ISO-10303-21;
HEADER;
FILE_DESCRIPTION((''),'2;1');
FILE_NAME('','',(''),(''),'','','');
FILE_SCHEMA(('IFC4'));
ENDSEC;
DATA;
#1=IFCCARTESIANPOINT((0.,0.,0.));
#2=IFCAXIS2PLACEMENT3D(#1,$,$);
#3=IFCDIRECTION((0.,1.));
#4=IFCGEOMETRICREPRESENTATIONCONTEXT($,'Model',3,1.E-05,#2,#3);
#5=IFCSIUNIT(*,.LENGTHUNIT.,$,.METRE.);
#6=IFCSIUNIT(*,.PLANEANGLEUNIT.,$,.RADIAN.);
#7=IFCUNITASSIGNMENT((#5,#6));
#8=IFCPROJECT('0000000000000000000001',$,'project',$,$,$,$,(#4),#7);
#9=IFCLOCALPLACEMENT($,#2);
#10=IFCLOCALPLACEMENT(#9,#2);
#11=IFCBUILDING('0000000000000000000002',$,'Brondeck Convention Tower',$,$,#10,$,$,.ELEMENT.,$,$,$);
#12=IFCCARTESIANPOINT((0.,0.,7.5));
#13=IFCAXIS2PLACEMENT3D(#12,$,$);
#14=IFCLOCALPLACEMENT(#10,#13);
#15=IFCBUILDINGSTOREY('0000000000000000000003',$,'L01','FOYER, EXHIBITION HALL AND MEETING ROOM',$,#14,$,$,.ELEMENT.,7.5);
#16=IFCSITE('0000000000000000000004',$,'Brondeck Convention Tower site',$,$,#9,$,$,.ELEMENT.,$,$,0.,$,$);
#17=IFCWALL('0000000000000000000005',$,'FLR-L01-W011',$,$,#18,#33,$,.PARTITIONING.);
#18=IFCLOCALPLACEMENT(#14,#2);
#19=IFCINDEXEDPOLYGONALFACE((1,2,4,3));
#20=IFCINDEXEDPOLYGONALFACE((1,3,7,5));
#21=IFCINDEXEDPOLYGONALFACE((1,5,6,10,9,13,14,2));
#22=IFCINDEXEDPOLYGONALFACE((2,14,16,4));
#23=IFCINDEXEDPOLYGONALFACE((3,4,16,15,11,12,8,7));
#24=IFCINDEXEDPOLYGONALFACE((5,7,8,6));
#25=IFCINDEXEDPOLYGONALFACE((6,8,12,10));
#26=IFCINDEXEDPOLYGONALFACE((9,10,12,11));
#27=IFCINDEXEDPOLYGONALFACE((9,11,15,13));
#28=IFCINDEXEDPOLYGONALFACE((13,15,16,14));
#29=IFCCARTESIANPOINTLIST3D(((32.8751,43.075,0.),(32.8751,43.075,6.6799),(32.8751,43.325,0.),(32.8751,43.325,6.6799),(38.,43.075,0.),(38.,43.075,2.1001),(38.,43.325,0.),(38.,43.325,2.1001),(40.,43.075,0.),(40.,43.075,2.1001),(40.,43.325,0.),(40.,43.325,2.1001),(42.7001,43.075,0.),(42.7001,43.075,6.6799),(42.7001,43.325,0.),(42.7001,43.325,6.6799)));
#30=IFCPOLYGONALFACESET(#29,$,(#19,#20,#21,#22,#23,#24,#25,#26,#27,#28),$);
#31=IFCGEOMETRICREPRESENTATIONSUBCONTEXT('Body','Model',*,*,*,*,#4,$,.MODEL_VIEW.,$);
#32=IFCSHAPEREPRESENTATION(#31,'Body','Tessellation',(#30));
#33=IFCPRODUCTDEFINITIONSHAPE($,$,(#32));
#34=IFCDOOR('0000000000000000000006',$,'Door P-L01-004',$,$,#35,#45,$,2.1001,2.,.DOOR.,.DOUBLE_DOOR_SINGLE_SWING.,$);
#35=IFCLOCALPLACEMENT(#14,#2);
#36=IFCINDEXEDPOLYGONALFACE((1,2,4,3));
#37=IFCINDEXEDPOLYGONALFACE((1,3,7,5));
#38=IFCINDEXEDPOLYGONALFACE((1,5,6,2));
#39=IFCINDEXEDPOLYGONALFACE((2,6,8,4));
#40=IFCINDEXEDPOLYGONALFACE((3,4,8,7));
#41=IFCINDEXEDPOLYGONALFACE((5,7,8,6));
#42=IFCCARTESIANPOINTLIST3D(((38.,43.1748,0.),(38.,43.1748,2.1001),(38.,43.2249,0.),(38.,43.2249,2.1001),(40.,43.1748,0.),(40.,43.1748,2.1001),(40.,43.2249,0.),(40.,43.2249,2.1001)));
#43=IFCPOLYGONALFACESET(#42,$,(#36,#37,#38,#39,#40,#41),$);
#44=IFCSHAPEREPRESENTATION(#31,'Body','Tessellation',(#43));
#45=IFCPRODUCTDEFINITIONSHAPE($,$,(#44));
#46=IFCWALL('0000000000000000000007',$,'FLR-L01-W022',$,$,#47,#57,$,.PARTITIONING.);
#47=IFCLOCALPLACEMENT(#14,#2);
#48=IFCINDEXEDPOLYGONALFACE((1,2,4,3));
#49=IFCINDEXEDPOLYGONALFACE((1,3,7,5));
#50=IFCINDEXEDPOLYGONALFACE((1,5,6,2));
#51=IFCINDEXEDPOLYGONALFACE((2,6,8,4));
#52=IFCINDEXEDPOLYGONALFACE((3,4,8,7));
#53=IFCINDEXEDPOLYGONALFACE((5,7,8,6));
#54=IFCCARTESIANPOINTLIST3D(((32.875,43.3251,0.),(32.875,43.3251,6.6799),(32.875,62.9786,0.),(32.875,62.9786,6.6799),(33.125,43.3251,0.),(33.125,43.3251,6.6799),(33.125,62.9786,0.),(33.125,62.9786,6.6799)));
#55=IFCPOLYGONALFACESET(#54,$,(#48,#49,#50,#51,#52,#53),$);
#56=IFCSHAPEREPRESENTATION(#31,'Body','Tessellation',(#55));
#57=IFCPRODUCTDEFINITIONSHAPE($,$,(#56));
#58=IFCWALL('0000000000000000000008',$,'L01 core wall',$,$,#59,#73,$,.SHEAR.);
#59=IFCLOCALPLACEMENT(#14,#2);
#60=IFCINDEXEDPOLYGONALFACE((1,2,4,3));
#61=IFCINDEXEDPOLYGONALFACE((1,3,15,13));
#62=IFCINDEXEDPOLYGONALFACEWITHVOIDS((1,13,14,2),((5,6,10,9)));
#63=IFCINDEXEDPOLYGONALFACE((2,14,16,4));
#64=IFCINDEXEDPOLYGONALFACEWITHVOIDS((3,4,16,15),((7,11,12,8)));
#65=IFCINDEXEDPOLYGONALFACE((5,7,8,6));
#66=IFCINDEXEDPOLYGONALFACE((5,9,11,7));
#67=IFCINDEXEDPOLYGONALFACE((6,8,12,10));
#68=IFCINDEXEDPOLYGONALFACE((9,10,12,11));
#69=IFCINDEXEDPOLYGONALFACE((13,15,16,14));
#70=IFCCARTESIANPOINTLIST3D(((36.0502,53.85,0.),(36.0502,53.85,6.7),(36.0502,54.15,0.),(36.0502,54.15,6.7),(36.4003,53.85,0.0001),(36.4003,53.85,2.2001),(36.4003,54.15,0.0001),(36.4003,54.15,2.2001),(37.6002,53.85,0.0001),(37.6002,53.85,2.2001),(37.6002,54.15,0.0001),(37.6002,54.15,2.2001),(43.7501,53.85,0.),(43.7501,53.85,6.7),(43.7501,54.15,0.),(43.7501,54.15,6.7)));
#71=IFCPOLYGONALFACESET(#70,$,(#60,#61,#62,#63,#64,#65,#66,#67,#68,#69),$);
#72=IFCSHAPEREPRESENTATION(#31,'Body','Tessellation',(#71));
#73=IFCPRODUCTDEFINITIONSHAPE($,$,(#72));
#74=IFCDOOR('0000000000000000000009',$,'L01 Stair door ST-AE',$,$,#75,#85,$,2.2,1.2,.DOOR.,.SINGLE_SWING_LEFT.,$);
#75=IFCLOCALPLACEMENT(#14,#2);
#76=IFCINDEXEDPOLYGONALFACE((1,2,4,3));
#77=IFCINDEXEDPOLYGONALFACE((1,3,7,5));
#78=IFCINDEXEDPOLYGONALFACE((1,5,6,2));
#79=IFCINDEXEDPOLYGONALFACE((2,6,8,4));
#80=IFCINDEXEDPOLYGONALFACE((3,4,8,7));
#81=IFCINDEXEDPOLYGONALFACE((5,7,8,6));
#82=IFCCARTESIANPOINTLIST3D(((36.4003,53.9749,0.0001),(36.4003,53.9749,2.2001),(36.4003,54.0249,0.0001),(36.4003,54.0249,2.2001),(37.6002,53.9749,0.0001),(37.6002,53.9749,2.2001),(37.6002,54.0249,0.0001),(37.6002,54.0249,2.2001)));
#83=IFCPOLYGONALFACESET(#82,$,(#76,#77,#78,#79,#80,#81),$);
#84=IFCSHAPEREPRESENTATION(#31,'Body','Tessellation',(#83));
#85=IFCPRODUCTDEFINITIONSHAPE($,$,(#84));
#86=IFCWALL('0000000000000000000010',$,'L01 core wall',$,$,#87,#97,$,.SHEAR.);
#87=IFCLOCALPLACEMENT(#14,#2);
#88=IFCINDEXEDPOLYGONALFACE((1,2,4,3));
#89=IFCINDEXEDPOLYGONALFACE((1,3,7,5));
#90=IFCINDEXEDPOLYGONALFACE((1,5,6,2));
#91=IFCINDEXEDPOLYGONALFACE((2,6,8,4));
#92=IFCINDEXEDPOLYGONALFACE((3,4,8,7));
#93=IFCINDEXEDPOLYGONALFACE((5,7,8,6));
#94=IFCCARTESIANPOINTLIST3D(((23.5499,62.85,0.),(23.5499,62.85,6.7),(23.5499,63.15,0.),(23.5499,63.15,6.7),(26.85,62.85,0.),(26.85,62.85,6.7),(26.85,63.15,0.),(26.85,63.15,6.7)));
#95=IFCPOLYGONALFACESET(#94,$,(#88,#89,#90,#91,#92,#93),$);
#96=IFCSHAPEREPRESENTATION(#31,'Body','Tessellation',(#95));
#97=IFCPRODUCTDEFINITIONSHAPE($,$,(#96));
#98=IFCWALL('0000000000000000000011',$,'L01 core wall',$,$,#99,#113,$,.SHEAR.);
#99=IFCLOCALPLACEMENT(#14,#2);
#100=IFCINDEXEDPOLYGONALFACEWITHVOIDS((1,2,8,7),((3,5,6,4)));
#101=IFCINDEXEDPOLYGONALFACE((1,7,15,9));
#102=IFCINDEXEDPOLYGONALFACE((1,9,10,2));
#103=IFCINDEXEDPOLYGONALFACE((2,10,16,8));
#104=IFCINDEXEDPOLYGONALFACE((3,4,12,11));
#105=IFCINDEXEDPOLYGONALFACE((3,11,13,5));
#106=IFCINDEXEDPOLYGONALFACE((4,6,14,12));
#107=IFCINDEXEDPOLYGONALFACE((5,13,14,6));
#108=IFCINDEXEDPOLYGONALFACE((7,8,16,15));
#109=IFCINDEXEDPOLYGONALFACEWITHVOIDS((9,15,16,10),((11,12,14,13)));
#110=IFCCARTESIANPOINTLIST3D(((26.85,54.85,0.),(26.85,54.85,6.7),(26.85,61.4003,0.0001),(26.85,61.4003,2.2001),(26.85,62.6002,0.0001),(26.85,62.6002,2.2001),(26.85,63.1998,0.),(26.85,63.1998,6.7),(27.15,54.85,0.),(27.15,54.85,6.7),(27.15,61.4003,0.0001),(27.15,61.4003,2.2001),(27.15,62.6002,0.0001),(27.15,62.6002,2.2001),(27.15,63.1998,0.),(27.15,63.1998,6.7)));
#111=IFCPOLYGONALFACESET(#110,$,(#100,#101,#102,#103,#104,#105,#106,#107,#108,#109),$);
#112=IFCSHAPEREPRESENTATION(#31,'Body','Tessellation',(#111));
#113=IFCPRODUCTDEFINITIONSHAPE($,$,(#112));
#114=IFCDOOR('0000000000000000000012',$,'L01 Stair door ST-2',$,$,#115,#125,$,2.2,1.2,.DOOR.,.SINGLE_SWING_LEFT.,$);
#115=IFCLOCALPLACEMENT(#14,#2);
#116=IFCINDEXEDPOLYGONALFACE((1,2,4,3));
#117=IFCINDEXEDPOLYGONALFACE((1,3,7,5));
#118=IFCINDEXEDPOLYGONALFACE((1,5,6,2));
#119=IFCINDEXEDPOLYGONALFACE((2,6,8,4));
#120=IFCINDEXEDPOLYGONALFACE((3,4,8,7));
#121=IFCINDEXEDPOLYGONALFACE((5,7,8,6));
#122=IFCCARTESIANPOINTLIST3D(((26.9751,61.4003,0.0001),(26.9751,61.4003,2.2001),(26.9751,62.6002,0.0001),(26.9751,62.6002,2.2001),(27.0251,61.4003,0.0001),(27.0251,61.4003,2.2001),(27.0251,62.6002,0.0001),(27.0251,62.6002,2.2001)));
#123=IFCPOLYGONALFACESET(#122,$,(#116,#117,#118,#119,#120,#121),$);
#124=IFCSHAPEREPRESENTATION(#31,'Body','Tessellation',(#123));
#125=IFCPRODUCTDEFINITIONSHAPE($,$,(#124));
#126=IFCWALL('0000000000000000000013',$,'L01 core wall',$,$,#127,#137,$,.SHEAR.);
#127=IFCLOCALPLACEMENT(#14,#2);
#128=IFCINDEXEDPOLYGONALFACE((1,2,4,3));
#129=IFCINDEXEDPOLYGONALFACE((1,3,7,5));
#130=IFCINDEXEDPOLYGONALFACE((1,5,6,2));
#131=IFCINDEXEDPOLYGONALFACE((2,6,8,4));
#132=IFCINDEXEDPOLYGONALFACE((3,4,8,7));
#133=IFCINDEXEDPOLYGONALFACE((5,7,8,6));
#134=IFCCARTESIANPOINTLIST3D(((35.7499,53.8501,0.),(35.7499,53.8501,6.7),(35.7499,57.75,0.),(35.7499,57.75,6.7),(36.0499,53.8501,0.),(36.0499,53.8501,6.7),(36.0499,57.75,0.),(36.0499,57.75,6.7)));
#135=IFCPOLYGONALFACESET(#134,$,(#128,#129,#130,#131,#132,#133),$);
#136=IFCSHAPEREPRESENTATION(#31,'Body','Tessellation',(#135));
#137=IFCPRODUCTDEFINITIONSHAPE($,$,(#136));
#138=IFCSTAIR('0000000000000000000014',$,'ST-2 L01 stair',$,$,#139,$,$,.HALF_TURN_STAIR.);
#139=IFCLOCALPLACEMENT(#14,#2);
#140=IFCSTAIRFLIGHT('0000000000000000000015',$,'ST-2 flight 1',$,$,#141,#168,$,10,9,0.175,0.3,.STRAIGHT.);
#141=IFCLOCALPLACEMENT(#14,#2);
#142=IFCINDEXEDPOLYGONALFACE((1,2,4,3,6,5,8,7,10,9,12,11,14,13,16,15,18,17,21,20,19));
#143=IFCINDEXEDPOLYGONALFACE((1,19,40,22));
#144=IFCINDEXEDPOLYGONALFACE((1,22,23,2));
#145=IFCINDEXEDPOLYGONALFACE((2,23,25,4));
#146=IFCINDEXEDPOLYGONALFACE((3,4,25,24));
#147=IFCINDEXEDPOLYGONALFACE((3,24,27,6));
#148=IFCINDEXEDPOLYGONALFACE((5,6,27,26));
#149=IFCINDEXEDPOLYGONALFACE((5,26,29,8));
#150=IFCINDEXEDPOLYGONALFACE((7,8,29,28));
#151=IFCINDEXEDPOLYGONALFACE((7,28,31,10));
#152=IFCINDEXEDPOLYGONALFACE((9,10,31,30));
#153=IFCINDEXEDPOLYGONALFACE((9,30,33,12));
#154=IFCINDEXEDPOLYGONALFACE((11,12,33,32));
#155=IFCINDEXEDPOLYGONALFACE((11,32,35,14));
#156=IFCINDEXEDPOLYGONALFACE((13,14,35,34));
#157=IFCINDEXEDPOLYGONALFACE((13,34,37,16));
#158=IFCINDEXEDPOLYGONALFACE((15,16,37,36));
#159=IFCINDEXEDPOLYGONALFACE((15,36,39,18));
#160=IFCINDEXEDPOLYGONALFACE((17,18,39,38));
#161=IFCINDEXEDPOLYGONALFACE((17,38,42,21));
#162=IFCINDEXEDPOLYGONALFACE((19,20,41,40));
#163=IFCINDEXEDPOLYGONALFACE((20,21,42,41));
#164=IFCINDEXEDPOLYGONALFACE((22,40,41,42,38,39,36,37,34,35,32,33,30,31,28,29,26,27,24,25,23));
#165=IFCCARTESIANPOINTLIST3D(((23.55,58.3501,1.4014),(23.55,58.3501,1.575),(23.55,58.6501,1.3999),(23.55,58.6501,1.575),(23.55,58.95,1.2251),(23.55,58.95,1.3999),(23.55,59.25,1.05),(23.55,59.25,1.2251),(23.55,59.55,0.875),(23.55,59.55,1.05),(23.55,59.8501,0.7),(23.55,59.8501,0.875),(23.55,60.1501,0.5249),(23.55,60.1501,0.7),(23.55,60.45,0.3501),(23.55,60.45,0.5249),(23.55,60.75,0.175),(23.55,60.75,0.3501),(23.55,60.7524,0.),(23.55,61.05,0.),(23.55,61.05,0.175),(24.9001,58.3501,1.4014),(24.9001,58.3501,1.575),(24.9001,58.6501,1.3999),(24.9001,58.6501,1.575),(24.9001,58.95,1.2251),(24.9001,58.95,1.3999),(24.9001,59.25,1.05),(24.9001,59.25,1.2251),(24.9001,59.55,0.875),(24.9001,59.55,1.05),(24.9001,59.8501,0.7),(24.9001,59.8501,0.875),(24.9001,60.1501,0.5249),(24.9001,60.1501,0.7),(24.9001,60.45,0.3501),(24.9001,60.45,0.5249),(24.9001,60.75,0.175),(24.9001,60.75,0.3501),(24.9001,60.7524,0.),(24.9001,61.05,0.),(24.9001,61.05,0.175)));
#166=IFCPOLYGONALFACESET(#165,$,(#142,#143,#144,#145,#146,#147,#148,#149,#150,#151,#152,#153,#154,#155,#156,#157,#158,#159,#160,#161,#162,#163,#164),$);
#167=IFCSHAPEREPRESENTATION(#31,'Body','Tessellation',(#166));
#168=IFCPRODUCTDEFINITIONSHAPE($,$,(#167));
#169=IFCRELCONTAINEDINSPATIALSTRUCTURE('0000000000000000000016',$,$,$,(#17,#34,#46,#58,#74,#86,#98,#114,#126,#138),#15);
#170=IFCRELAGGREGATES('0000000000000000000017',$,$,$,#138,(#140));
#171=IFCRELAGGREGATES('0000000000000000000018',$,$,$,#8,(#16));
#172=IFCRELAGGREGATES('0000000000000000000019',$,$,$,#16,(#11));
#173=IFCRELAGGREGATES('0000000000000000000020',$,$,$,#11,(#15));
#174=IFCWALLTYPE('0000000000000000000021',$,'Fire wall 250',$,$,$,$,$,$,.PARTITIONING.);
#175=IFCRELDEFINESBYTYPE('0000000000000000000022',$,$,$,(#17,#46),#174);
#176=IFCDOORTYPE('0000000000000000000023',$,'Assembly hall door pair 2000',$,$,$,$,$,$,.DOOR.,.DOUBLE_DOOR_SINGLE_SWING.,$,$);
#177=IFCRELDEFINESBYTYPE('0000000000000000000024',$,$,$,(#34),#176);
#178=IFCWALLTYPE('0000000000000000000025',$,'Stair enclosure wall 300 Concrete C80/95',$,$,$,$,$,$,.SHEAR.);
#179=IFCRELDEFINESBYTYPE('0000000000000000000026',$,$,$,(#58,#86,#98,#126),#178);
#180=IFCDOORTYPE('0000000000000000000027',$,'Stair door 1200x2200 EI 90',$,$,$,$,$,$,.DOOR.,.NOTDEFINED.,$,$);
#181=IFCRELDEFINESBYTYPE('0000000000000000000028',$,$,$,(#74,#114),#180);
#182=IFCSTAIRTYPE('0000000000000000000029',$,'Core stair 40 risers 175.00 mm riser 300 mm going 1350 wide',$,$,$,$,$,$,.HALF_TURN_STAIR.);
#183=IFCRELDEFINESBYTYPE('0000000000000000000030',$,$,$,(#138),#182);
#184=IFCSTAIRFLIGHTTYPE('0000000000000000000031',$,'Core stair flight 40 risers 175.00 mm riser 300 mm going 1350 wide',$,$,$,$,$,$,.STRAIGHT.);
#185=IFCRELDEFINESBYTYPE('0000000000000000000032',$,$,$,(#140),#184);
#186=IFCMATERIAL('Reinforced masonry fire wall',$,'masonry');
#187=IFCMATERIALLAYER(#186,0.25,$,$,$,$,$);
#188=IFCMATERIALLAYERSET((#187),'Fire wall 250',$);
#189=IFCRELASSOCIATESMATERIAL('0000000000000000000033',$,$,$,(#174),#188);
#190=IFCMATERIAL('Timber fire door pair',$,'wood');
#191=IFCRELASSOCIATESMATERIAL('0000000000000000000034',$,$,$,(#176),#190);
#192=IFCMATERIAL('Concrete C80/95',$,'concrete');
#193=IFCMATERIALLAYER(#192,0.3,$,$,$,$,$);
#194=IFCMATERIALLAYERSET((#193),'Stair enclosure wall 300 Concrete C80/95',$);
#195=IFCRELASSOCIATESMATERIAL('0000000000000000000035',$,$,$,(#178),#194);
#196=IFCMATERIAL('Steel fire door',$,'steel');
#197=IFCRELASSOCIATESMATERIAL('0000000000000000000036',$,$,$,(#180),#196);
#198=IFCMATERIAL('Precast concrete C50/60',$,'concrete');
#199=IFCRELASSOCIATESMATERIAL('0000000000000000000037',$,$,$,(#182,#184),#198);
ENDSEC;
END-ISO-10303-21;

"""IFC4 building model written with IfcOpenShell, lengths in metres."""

from ifc_helpers import new_model, si_unit, direction, frame, frame_2d, origin, place, context, subcontext, project, spatial, polyline, rectangle, outline, extrude, material, layer, layer_set, type_object, element, fill, aggregate, save


model = new_model("IFC4")

# Units and contexts
model_context = context("Model", 3, precision=1e-05, world=origin(), true_north=direction((0.0, 1.0)))
body_context = subcontext(model_context, "Body", "Model", "MODEL_VIEW")
ifc_project = project(units=[si_unit("LENGTHUNIT", "METRE"), si_unit("PLANEANGLEUNIT", "RADIAN")], contexts=[model_context])

# Site, building, storey
site_placement = place(None, origin())
site = spatial("IfcSite", under=ifc_project, at=site_placement, Name="Brondeck Convention Tower site", CompositionType="ELEMENT", RefElevation=0.0)
building_placement = place(site_placement, origin())
building = spatial("IfcBuilding", under=site, at=building_placement, Name="Brondeck Convention Tower", CompositionType="ELEMENT")
storey_placement = place(building_placement, frame((0.0, 0.0, 7.5)))
storey = spatial("IfcBuildingStorey", under=building, at=storey_placement, Name="L01", Description="FOYER, EXHIBITION HALL AND MEETING ROOM", CompositionType="ELEMENT", Elevation=7.5)

# Shared definitions
ifc_material_1 = material(Name="Concrete C80/95", Category="concrete")

# Wall, opening, door
ifc_material_2 = material(Name="Reinforced masonry fire wall", Category="masonry")
ifc_layer_1 = layer(ifc_material_2, 0.25)
ifc_layer_set_1 = layer_set([ifc_layer_1], Name="Fire wall 250")
wall_type_1 = type_object("IfcWallType", Name="Fire wall 250", PredefinedType="PARTITIONING", material=ifc_layer_set_1)
wall_1_placement = place(storey_placement, frame((32.875, 43.2, 0.0), z_axis=(0.0, 0.0, 1.0), x_axis=(1.0, 0.0, 0.0)))
wall_1 = element("IfcWall", 1, at=wall_1_placement, inside=storey, type_object=wall_type_1, Name="FLR-L01-W011", PredefinedType="PARTITIONING", context=body_context, shape_type="SweptSolid", body=[
    extrude(rectangle(XDim=9.825, YDim=0.25, at=frame_2d((4.9126, 0.0))), origin(), (0.0, 0.0, 1.0), 6.6799),
])
opening_1_placement = place(wall_1_placement, frame((5.125, 0.0, 0.0)))
opening_1 = element("IfcOpeningElement", 2, at=opening_1_placement, cuts=wall_1, PredefinedType="OPENING", context=body_context, shape_type="SweptSolid", body=[
    extrude(rectangle(XDim=2.0, YDim=2.1001, at=frame_2d((1.0, 1.05))), frame((0.0, 0.135, 0.0), z_axis=(0.0, -1.0, 0.0), x_axis=(1.0, 0.0, 0.0)), (0.0, 0.0, 1.0), 0.27),
])
ifc_material_3 = material(Name="Timber fire door pair", Category="wood")
door_type_1 = type_object("IfcDoorType", Name="Assembly hall door pair 2000", OperationType="DOUBLE_DOOR_SINGLE_SWING", PredefinedType="DOOR", material=ifc_material_3)
door_1_placement = place(opening_1_placement, origin())
door_1 = element("IfcDoor", 3, at=door_1_placement, inside=storey, type_object=door_type_1, Name="Door P-L01-004", OperationType="DOUBLE_DOOR_SINGLE_SWING", OverallHeight=2.1001, OverallWidth=2.0, PredefinedType="DOOR", context=body_context, shape_type="SweptSolid", body=[
    extrude(rectangle(XDim=2.0, YDim=2.1001, at=frame_2d((1.0, 1.05))), frame((0.0, 0.0249, 0.0), z_axis=(0.0, -1.0, 0.0), x_axis=(1.0, 0.0, 0.0)), (0.0, 0.0, 1.0), 0.05),
])
fill(opening_1, door_1)

# Wall
wall_2_placement = place(storey_placement, frame((33.0, 62.9785, 0.0), z_axis=(0.0, 0.0, 1.0), x_axis=(0.0, -1.0, 0.0)))
element("IfcWall", 4, at=wall_2_placement, inside=storey, type_object=wall_type_1, Name="FLR-L01-W022", PredefinedType="PARTITIONING", context=body_context, shape_type="SweptSolid", body=[
    extrude(rectangle(XDim=19.6536, YDim=0.25, at=frame_2d((9.8267, 0.0))), origin(), (0.0, 0.0, 1.0), 6.6799),
])

# Wall, opening, door
ifc_layer_2 = layer(ifc_material_1, 0.3)
ifc_layer_set_2 = layer_set([ifc_layer_2], Name="Stair enclosure wall 300 Concrete C80/95")
wall_type_2 = type_object("IfcWallType", Name="Stair enclosure wall 300 Concrete C80/95", PredefinedType="SHEAR", material=ifc_layer_set_2)
wall_3_placement = place(storey_placement, frame((36.05, 54.0, 0.0), z_axis=(0.0, 0.0, 1.0), x_axis=(1.0, 0.0, 0.0)))
wall_3 = element("IfcWall", 5, at=wall_3_placement, inside=storey, type_object=wall_type_2, Name="L01 core wall", PredefinedType="SHEAR", context=body_context, shape_type="SweptSolid", body=[
    extrude(rectangle(XDim=7.7, YDim=0.3, at=frame_2d((3.8501, 0.0))), origin(), (0.0, 0.0, 1.0), 6.7),
])
opening_2_placement = place(wall_3_placement, frame((0.3501, 0.0, 0.0)))
opening_2 = element("IfcOpeningElement", 6, at=opening_2_placement, cuts=wall_3, PredefinedType="OPENING", context=body_context, shape_type="SweptSolid", body=[
    extrude(rectangle(XDim=1.2, YDim=2.2, at=frame_2d((0.6001, 1.1001))), frame((0.0, 0.1599, 0.0), z_axis=(0.0, -1.0, 0.0), x_axis=(1.0, 0.0, 0.0)), (0.0, 0.0, 1.0), 0.3201),
])
ifc_material_4 = material(Name="Steel fire door", Category="steel")
door_type_2 = type_object("IfcDoorType", Name="Stair door 1200x2200 EI 90", OperationType="NOTDEFINED", PredefinedType="DOOR", material=ifc_material_4)
door_2_placement = place(opening_2_placement, origin())
door_2 = element("IfcDoor", 7, at=door_2_placement, inside=storey, type_object=door_type_2, Name="L01 Stair door ST-AE", OperationType="SINGLE_SWING_LEFT", OverallHeight=2.2, OverallWidth=1.2, PredefinedType="DOOR", context=body_context, shape_type="SweptSolid", body=[
    extrude(rectangle(XDim=1.2, YDim=2.2, at=frame_2d((0.6001, 1.1001))), frame((0.0, 0.0249, 0.0), z_axis=(0.0, -1.0, 0.0), x_axis=(1.0, 0.0, 0.0)), (0.0, 0.0, 1.0), 0.05),
])
fill(opening_2, door_2)

# Wall
wall_4_placement = place(storey_placement, frame((23.55, 63.0, 0.0), z_axis=(0.0, 0.0, 1.0), x_axis=(1.0, 0.0, 0.0)))
element("IfcWall", 8, at=wall_4_placement, inside=storey, type_object=wall_type_2, Name="L01 core wall", PredefinedType="SHEAR", context=body_context, shape_type="SweptSolid", body=[
    extrude(rectangle(XDim=3.3, YDim=0.3, at=frame_2d((1.6499, 0.0))), origin(), (0.0, 0.0, 1.0), 6.7),
])

# Wall, opening, door
wall_5_placement = place(storey_placement, frame((27.0, 54.8501, 0.0), z_axis=(0.0, 0.0, 1.0), x_axis=(0.0, 1.0, 0.0)))
wall_5 = element("IfcWall", 9, at=wall_5_placement, inside=storey, type_object=wall_type_2, Name="L01 core wall", PredefinedType="SHEAR", context=body_context, shape_type="SweptSolid", body=[
    extrude(rectangle(XDim=8.3499, YDim=0.3, at=frame_2d((4.1748, 0.0))), origin(), (0.0, 0.0, 1.0), 6.7),
])
opening_3_placement = place(wall_5_placement, frame((6.55, 0.0, 0.0)))
opening_3 = element("IfcOpeningElement", 10, at=opening_3_placement, cuts=wall_5, PredefinedType="OPENING", context=body_context, shape_type="SweptSolid", body=[
    extrude(rectangle(XDim=1.2, YDim=2.2, at=frame_2d((0.6001, 1.1001))), frame((0.0, 0.1599, 0.0), z_axis=(0.0, -1.0, 0.0), x_axis=(1.0, 0.0, 0.0)), (0.0, 0.0, 1.0), 0.3201),
])
door_3_placement = place(opening_3_placement, origin())
door_3 = element("IfcDoor", 11, at=door_3_placement, inside=storey, type_object=door_type_2, Name="L01 Stair door ST-2", OperationType="SINGLE_SWING_LEFT", OverallHeight=2.2, OverallWidth=1.2, PredefinedType="DOOR", context=body_context, shape_type="SweptSolid", body=[
    extrude(rectangle(XDim=1.2, YDim=2.2, at=frame_2d((0.6001, 1.1001))), frame((0.0, 0.0249, 0.0), z_axis=(0.0, -1.0, 0.0), x_axis=(1.0, 0.0, 0.0)), (0.0, 0.0, 1.0), 0.05),
])
fill(opening_3, door_3)

# Wall
wall_6_placement = place(storey_placement, frame((35.8999, 53.8501, 0.0), z_axis=(0.0, 0.0, 1.0), x_axis=(0.0, 1.0, 0.0)))
element("IfcWall", 12, at=wall_6_placement, inside=storey, type_object=wall_type_2, Name="L01 core wall", PredefinedType="SHEAR", context=body_context, shape_type="SweptSolid", body=[
    extrude(rectangle(XDim=3.8999, YDim=0.3, at=frame_2d((1.95, 0.0))), origin(), (0.0, 0.0, 1.0), 6.7),
])

# Stair, stair flight
ifc_material_5 = material(Name="Precast concrete C50/60", Category="concrete")
stair_type = type_object("IfcStairType", Name="Core stair 40 risers 175.00 mm riser 300 mm going 1350 wide", PredefinedType="HALF_TURN_STAIR", material=ifc_material_5)
stair_placement = place(storey_placement, origin())
stair = element("IfcStair", 13, at=stair_placement, inside=storey, type_object=stair_type, Name="ST-2 L01 stair", PredefinedType="HALF_TURN_STAIR")
stair_flight_type = type_object("IfcStairFlightType", Name="Core stair flight 40 risers 175.00 mm riser 300 mm going 1350 wide", PredefinedType="STRAIGHT", material=ifc_material_5)
stair_flight_1_placement = place(storey_placement, frame((24.2251, 61.05, 0.0), z_axis=(0.0, 0.0, 1.0), x_axis=(0.0, -1.0, 0.0)))
stair_flight_1 = element("IfcStairFlight", 14, at=stair_flight_1_placement, type_object=stair_flight_type, Name="ST-2 flight 1", NumberOfRisers=10, NumberOfTreads=9, PredefinedType="STRAIGHT", RiserHeight=0.175, TreadLength=0.3, context=body_context, shape_type="SweptSolid", body=[
    extrude(outline(polyline([(0.0, 0.0), (0.0, 0.175), (0.3, 0.175), (0.3, 0.3501), (0.6001, 0.3501), (0.6001, 0.5249), (0.8999, 0.5249), (0.8999, 0.7), (1.2, 0.7), (1.2, 0.875), (1.5, 0.875), (1.5, 1.05), (1.8, 1.05), (1.8, 1.2251), (2.1001, 1.2251), (2.1001, 1.3999), (2.3999, 1.3999), (2.3999, 1.575), (2.7, 1.575), (2.7, 1.75), (2.7, 1.4014), (0.2976, 0.0), (0.0, 0.0)])), frame((0.0, 0.675, 0.0), z_axis=(0.0, -1.0, 0.0), x_axis=(1.0, 0.0, 0.0)), (0.0, 0.0, 1.0), 1.3501),
])
aggregate(stair, [stair_flight_1])

save(model, "model.ifc")
